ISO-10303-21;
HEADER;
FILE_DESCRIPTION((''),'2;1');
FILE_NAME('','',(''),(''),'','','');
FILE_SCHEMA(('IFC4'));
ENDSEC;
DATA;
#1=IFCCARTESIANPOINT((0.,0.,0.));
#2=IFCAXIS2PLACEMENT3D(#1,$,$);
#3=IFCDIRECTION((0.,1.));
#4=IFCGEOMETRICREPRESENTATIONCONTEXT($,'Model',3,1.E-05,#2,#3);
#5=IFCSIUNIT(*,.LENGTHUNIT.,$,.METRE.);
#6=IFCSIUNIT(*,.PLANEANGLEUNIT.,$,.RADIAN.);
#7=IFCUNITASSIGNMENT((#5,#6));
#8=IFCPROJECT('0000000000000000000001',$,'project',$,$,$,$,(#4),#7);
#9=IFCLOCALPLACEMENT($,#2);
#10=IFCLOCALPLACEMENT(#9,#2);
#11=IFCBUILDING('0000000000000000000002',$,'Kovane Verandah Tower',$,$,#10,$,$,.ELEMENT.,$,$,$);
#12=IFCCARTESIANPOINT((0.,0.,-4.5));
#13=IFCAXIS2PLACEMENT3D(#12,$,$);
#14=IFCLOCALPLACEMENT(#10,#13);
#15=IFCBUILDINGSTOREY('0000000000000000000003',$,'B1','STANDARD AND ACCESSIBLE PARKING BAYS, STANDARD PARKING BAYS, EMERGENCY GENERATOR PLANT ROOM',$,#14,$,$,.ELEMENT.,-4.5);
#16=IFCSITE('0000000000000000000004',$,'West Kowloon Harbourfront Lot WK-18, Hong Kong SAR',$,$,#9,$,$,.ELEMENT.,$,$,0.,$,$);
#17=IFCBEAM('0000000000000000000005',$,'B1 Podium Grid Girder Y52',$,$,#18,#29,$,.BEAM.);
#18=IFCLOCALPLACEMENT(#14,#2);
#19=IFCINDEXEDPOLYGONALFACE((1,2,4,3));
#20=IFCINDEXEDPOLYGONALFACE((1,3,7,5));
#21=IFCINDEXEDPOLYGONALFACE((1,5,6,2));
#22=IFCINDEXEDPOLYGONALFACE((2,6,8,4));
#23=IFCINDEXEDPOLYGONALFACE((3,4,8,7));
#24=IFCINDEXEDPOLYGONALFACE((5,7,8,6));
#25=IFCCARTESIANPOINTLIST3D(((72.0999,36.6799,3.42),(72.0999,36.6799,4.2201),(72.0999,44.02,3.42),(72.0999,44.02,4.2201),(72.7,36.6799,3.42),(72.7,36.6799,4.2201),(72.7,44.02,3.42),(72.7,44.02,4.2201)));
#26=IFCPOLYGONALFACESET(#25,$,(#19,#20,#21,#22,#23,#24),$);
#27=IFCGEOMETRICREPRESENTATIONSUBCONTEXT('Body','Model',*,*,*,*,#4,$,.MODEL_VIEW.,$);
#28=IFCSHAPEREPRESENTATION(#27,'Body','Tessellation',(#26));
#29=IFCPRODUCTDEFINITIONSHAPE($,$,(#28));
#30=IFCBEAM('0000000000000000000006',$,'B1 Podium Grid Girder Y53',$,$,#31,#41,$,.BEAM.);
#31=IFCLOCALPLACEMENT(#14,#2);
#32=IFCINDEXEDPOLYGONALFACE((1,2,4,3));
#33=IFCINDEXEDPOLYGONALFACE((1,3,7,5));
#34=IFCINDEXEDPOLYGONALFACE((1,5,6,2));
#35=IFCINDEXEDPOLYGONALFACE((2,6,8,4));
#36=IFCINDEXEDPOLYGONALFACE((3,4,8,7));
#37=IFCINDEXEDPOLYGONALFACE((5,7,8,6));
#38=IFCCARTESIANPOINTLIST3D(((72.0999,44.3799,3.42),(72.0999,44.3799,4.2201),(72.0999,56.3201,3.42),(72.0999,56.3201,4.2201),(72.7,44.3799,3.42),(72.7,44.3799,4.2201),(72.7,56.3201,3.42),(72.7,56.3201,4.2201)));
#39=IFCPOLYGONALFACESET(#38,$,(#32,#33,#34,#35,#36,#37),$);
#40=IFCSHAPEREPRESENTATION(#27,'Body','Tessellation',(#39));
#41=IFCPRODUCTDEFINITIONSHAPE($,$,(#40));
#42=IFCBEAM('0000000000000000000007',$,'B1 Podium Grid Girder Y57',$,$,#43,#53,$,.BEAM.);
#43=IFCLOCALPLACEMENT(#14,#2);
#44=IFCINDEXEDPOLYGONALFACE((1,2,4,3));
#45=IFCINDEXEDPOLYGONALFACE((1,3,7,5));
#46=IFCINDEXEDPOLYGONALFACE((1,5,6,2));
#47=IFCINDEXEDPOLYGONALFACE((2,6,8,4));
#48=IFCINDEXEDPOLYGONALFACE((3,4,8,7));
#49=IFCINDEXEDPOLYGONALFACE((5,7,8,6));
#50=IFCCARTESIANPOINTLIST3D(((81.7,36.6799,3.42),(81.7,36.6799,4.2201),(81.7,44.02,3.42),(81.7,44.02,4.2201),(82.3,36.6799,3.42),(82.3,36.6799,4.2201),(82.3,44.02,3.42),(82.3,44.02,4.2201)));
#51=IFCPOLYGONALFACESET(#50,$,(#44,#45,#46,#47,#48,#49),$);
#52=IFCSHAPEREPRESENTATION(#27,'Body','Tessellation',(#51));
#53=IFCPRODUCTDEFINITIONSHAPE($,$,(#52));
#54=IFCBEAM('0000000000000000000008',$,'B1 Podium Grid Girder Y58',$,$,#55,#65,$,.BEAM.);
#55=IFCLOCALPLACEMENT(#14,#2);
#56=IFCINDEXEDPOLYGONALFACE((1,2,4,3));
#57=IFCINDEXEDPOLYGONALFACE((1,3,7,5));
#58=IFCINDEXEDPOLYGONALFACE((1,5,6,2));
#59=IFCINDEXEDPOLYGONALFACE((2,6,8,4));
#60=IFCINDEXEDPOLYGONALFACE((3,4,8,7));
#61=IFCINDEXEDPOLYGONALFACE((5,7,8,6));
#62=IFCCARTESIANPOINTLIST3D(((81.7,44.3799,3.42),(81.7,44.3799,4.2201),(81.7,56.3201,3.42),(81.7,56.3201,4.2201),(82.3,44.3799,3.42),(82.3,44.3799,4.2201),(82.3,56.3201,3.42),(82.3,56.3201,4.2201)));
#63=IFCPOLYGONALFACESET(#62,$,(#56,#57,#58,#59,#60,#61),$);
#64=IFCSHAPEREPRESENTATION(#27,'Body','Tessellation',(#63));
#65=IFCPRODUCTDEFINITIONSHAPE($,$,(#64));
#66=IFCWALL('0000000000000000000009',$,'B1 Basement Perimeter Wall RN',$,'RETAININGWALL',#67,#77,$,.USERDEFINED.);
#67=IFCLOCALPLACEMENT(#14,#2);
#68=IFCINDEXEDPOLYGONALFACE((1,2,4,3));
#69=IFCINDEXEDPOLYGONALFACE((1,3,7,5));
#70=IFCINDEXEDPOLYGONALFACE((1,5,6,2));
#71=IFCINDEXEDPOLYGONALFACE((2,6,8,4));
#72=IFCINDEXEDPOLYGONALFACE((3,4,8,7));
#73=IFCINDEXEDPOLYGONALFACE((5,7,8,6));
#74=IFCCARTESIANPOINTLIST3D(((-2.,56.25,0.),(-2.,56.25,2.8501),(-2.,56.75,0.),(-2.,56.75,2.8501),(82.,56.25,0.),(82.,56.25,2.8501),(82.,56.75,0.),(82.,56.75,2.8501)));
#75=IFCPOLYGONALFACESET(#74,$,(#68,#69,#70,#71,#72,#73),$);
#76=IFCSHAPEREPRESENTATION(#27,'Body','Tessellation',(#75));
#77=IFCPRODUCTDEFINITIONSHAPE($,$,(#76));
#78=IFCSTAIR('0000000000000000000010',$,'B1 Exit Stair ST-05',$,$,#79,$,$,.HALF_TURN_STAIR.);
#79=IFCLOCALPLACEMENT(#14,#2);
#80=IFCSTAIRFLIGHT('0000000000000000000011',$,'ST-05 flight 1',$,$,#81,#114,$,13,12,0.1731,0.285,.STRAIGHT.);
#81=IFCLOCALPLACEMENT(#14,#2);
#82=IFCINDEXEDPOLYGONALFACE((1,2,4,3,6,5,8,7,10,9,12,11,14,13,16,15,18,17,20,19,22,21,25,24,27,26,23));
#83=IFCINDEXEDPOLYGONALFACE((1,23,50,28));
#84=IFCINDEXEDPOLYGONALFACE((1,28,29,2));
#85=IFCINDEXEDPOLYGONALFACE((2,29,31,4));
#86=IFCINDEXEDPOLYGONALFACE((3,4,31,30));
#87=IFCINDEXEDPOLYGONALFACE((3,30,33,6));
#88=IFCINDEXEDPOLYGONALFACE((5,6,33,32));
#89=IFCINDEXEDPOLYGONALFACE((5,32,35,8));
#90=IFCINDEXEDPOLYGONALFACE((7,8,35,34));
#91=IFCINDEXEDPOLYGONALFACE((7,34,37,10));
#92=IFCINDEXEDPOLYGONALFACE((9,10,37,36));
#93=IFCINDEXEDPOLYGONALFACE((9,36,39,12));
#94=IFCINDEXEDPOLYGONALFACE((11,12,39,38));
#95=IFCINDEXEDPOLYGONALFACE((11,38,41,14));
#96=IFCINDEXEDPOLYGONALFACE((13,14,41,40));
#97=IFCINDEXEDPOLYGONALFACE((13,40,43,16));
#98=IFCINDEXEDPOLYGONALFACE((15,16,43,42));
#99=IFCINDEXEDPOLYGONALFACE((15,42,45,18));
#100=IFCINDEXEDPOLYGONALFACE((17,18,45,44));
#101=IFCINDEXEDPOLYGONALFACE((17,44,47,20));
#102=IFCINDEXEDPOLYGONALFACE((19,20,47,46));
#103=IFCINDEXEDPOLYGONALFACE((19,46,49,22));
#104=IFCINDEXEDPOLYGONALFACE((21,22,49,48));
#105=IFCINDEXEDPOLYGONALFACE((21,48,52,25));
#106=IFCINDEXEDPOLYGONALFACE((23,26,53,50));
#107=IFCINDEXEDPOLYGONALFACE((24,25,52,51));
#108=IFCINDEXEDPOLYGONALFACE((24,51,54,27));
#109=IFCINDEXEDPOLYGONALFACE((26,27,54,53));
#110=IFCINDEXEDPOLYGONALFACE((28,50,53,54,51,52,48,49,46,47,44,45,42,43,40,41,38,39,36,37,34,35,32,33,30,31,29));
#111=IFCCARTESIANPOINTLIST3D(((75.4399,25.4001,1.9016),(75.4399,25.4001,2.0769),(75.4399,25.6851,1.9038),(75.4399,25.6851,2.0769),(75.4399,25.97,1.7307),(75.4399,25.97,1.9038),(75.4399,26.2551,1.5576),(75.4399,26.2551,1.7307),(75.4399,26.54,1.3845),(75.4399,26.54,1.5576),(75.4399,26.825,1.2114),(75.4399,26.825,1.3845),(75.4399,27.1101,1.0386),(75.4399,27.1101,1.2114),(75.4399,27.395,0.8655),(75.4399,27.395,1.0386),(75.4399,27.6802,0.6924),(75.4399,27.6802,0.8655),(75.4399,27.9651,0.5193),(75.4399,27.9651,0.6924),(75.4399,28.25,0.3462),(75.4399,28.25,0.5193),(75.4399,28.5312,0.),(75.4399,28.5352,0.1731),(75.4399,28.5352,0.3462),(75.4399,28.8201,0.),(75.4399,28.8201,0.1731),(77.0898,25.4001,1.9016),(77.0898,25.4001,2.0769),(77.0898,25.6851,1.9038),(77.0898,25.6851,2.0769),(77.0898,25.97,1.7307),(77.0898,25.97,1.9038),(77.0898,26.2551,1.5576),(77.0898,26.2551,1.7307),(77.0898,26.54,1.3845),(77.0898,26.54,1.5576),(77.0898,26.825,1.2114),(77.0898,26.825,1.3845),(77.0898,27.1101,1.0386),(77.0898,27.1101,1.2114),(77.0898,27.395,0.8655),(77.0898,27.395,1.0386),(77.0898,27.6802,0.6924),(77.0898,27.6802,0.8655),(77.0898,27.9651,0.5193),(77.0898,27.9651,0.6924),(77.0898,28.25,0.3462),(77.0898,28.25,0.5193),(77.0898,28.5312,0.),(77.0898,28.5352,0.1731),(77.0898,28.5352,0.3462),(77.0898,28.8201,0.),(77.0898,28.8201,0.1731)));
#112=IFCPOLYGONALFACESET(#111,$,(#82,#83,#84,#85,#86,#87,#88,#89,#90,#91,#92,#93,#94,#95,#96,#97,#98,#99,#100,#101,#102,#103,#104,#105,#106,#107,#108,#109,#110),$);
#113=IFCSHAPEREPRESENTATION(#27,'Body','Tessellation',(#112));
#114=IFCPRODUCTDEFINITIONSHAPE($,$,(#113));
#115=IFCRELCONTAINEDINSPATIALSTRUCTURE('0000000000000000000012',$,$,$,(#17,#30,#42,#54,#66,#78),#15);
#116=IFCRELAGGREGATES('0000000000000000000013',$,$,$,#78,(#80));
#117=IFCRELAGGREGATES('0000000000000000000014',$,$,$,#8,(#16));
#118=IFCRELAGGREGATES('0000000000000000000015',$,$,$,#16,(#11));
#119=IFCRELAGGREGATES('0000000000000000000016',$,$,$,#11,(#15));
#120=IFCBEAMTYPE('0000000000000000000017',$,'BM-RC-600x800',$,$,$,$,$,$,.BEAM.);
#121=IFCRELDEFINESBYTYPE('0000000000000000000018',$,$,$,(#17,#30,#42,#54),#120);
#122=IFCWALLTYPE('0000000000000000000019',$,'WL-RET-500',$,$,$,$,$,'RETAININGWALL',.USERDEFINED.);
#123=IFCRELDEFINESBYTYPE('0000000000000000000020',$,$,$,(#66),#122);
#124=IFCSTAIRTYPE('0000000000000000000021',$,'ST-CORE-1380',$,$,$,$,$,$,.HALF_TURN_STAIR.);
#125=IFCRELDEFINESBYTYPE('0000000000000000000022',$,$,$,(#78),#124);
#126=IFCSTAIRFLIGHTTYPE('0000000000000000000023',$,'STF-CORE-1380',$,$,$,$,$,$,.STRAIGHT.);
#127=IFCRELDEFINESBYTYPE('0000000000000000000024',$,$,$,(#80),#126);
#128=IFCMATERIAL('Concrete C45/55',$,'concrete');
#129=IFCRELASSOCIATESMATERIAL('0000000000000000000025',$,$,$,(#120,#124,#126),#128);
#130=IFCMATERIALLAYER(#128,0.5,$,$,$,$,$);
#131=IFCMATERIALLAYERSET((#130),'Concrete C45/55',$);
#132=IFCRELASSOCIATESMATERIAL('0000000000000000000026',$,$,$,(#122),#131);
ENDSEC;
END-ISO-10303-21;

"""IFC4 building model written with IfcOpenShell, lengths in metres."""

from ifc_helpers import new_model, si_unit, direction, frame, frame_2d, origin, origin_2d, place, context, subcontext, project, spatial, polyline, rectangle, outline, extrude, material, layer, layer_set, material_profile, profile_set, type_object, element, aggregate, save


model = new_model("IFC4")

# Units and contexts
model_context = context("Model", 3, precision=1e-05, world=origin(), true_north=direction((0.0, 1.0)))
body_context = subcontext(model_context, "Body", "Model", "MODEL_VIEW")
ifc_project = project(units=[si_unit("LENGTHUNIT", "METRE"), si_unit("PLANEANGLEUNIT", "RADIAN")], contexts=[model_context])

# Site, building, storey
site_placement = place(None, origin())
site = spatial("IfcSite", under=ifc_project, at=site_placement, Name="West Kowloon Harbourfront Lot WK-18, Hong Kong SAR", CompositionType="ELEMENT", RefElevation=0.0)
building_placement = place(site_placement, origin())
building = spatial("IfcBuilding", under=site, at=building_placement, Name="Kovane Verandah Tower", CompositionType="ELEMENT")
storey_placement = place(building_placement, frame((0.0, 0.0, -4.5)))
storey = spatial("IfcBuildingStorey", under=building, at=storey_placement, Name="B1", Description="STANDARD AND ACCESSIBLE PARKING BAYS, STANDARD PARKING BAYS, EMERGENCY GENERATOR PLANT ROOM", CompositionType="ELEMENT", Elevation=-4.5)

# Beams
ifc_material_1 = material(Name="Concrete C45/55", Category="concrete")
ifc_material_profile_1 = material_profile(ifc_material_1, rectangle(XDim=0.6001, YDim=0.8, at=origin_2d()), Name="RCB600x800")
ifc_profile_set_1 = profile_set([ifc_material_profile_1], Name="Concrete C45/55")
beam_type_1 = type_object("IfcBeamType", Name="BM-RC-600x800", PredefinedType="BEAM", material=ifc_profile_set_1)
beam_1_placement = place(storey_placement, frame((72.3999, 36.6799, 3.8201), z_axis=(0.0, 1.0, 0.0), x_axis=(-1.0, 0.0, 0.0)))
element("IfcBeam", 1, at=beam_1_placement, inside=storey, type_object=beam_type_1, Name="B1 Podium Grid Girder Y52", PredefinedType="BEAM", context=body_context, shape_type="SweptSolid", body=[
    extrude(rectangle(XDim=0.6001, YDim=0.8, at=origin_2d()), origin(), (0.0, 0.0, 1.0), 7.3401),
])
beam_2_placement = place(storey_placement, frame((72.3999, 44.3799, 3.8201), z_axis=(0.0, 1.0, 0.0), x_axis=(-1.0, 0.0, 0.0)))
element("IfcBeam", 2, at=beam_2_placement, inside=storey, type_object=beam_type_1, Name="B1 Podium Grid Girder Y53", PredefinedType="BEAM", context=body_context, shape_type="SweptSolid", body=[
    extrude(rectangle(XDim=0.6001, YDim=0.8, at=origin_2d()), origin(), (0.0, 0.0, 1.0), 11.9402),
])
beam_3_placement = place(storey_placement, frame((82.0, 36.6799, 3.8201), z_axis=(0.0, 1.0, 0.0), x_axis=(-1.0, 0.0, 0.0)))
element("IfcBeam", 3, at=beam_3_placement, inside=storey, type_object=beam_type_1, Name="B1 Podium Grid Girder Y57", PredefinedType="BEAM", context=body_context, shape_type="SweptSolid", body=[
    extrude(rectangle(XDim=0.6001, YDim=0.8, at=origin_2d()), origin(), (0.0, 0.0, 1.0), 7.3401),
])
beam_4_placement = place(storey_placement, frame((82.0, 44.3799, 3.8201), z_axis=(0.0, 1.0, 0.0), x_axis=(-1.0, 0.0, 0.0)))
element("IfcBeam", 4, at=beam_4_placement, inside=storey, type_object=beam_type_1, Name="B1 Podium Grid Girder Y58", PredefinedType="BEAM", context=body_context, shape_type="SweptSolid", body=[
    extrude(rectangle(XDim=0.6001, YDim=0.8, at=origin_2d()), origin(), (0.0, 0.0, 1.0), 11.9402),
])

# Wall
ifc_layer_1 = layer(ifc_material_1, 0.5)
ifc_layer_set_1 = layer_set([ifc_layer_1], Name="Concrete C45/55")
wall_type_1 = type_object("IfcWallType", Name="WL-RET-500", ElementType="RETAININGWALL", PredefinedType="USERDEFINED", material=ifc_layer_set_1)
wall_1_placement = place(storey_placement, frame((82.0, 56.5, 0.0), z_axis=(0.0, 0.0, 1.0), x_axis=(-1.0, 0.0, 0.0)))
element("IfcWall", 5, at=wall_1_placement, inside=storey, type_object=wall_type_1, Name="B1 Basement Perimeter Wall RN", ObjectType="RETAININGWALL", PredefinedType="USERDEFINED", context=body_context, shape_type="SweptSolid", body=[
    extrude(rectangle(XDim=84.0, YDim=0.5, at=frame_2d((42.0, 0.0))), origin(), (0.0, 0.0, 1.0), 2.8501),
])

# Stair, stair flight
stair_type = type_object("IfcStairType", Name="ST-CORE-1380", PredefinedType="HALF_TURN_STAIR", material=ifc_material_1)
stair_placement = place(storey_placement, origin())
stair = element("IfcStair", 6, at=stair_placement, inside=storey, type_object=stair_type, Name="B1 Exit Stair ST-05", PredefinedType="HALF_TURN_STAIR")
stair_flight_type = type_object("IfcStairFlightType", Name="STF-CORE-1380", PredefinedType="STRAIGHT", material=ifc_material_1)
stair_flight_placement = place(storey_placement, frame((76.2649, 28.8201, 0.0), z_axis=(0.0, 0.0, 1.0), x_axis=(0.0, -1.0, 0.0)))
stair_flight = element("IfcStairFlight", 7, at=stair_flight_placement, type_object=stair_flight_type, Name="ST-05 flight 1", NumberOfRisers=13, NumberOfTreads=12, PredefinedType="STRAIGHT", RiserHeight=0.1731, TreadLength=0.285, context=body_context, shape_type="SweptSolid", body=[
    extrude(outline(polyline([(0.0, 0.0), (0.0, 0.1731), (0.2849, 0.1731), (0.2849, 0.3462), (0.5701, 0.3462), (0.5701, 0.5193), (0.855, 0.5193), (0.855, 0.6924), (1.1399, 0.6924), (1.1399, 0.8655), (1.425, 0.8655), (1.425, 1.0386), (1.71, 1.0386), (1.71, 1.2114), (1.9951, 1.2114), (1.9951, 1.3845), (2.28, 1.3845), (2.28, 1.5576), (2.5649, 1.5576), (2.5649, 1.7307), (2.8501, 1.7307), (2.8501, 1.9038), (3.135, 1.9038), (3.135, 2.0769), (3.4199, 2.0769), (3.4199, 2.25), (3.4199, 1.9016), (0.2888, 0.0), (0.0, 0.0)])), frame((0.0, 0.825, 0.0), z_axis=(0.0, -1.0, 0.0), x_axis=(1.0, 0.0, 0.0)), (0.0, 0.0, 1.0), 1.6499),
])
aggregate(stair, [stair_flight])

save(model, "model.ifc")
